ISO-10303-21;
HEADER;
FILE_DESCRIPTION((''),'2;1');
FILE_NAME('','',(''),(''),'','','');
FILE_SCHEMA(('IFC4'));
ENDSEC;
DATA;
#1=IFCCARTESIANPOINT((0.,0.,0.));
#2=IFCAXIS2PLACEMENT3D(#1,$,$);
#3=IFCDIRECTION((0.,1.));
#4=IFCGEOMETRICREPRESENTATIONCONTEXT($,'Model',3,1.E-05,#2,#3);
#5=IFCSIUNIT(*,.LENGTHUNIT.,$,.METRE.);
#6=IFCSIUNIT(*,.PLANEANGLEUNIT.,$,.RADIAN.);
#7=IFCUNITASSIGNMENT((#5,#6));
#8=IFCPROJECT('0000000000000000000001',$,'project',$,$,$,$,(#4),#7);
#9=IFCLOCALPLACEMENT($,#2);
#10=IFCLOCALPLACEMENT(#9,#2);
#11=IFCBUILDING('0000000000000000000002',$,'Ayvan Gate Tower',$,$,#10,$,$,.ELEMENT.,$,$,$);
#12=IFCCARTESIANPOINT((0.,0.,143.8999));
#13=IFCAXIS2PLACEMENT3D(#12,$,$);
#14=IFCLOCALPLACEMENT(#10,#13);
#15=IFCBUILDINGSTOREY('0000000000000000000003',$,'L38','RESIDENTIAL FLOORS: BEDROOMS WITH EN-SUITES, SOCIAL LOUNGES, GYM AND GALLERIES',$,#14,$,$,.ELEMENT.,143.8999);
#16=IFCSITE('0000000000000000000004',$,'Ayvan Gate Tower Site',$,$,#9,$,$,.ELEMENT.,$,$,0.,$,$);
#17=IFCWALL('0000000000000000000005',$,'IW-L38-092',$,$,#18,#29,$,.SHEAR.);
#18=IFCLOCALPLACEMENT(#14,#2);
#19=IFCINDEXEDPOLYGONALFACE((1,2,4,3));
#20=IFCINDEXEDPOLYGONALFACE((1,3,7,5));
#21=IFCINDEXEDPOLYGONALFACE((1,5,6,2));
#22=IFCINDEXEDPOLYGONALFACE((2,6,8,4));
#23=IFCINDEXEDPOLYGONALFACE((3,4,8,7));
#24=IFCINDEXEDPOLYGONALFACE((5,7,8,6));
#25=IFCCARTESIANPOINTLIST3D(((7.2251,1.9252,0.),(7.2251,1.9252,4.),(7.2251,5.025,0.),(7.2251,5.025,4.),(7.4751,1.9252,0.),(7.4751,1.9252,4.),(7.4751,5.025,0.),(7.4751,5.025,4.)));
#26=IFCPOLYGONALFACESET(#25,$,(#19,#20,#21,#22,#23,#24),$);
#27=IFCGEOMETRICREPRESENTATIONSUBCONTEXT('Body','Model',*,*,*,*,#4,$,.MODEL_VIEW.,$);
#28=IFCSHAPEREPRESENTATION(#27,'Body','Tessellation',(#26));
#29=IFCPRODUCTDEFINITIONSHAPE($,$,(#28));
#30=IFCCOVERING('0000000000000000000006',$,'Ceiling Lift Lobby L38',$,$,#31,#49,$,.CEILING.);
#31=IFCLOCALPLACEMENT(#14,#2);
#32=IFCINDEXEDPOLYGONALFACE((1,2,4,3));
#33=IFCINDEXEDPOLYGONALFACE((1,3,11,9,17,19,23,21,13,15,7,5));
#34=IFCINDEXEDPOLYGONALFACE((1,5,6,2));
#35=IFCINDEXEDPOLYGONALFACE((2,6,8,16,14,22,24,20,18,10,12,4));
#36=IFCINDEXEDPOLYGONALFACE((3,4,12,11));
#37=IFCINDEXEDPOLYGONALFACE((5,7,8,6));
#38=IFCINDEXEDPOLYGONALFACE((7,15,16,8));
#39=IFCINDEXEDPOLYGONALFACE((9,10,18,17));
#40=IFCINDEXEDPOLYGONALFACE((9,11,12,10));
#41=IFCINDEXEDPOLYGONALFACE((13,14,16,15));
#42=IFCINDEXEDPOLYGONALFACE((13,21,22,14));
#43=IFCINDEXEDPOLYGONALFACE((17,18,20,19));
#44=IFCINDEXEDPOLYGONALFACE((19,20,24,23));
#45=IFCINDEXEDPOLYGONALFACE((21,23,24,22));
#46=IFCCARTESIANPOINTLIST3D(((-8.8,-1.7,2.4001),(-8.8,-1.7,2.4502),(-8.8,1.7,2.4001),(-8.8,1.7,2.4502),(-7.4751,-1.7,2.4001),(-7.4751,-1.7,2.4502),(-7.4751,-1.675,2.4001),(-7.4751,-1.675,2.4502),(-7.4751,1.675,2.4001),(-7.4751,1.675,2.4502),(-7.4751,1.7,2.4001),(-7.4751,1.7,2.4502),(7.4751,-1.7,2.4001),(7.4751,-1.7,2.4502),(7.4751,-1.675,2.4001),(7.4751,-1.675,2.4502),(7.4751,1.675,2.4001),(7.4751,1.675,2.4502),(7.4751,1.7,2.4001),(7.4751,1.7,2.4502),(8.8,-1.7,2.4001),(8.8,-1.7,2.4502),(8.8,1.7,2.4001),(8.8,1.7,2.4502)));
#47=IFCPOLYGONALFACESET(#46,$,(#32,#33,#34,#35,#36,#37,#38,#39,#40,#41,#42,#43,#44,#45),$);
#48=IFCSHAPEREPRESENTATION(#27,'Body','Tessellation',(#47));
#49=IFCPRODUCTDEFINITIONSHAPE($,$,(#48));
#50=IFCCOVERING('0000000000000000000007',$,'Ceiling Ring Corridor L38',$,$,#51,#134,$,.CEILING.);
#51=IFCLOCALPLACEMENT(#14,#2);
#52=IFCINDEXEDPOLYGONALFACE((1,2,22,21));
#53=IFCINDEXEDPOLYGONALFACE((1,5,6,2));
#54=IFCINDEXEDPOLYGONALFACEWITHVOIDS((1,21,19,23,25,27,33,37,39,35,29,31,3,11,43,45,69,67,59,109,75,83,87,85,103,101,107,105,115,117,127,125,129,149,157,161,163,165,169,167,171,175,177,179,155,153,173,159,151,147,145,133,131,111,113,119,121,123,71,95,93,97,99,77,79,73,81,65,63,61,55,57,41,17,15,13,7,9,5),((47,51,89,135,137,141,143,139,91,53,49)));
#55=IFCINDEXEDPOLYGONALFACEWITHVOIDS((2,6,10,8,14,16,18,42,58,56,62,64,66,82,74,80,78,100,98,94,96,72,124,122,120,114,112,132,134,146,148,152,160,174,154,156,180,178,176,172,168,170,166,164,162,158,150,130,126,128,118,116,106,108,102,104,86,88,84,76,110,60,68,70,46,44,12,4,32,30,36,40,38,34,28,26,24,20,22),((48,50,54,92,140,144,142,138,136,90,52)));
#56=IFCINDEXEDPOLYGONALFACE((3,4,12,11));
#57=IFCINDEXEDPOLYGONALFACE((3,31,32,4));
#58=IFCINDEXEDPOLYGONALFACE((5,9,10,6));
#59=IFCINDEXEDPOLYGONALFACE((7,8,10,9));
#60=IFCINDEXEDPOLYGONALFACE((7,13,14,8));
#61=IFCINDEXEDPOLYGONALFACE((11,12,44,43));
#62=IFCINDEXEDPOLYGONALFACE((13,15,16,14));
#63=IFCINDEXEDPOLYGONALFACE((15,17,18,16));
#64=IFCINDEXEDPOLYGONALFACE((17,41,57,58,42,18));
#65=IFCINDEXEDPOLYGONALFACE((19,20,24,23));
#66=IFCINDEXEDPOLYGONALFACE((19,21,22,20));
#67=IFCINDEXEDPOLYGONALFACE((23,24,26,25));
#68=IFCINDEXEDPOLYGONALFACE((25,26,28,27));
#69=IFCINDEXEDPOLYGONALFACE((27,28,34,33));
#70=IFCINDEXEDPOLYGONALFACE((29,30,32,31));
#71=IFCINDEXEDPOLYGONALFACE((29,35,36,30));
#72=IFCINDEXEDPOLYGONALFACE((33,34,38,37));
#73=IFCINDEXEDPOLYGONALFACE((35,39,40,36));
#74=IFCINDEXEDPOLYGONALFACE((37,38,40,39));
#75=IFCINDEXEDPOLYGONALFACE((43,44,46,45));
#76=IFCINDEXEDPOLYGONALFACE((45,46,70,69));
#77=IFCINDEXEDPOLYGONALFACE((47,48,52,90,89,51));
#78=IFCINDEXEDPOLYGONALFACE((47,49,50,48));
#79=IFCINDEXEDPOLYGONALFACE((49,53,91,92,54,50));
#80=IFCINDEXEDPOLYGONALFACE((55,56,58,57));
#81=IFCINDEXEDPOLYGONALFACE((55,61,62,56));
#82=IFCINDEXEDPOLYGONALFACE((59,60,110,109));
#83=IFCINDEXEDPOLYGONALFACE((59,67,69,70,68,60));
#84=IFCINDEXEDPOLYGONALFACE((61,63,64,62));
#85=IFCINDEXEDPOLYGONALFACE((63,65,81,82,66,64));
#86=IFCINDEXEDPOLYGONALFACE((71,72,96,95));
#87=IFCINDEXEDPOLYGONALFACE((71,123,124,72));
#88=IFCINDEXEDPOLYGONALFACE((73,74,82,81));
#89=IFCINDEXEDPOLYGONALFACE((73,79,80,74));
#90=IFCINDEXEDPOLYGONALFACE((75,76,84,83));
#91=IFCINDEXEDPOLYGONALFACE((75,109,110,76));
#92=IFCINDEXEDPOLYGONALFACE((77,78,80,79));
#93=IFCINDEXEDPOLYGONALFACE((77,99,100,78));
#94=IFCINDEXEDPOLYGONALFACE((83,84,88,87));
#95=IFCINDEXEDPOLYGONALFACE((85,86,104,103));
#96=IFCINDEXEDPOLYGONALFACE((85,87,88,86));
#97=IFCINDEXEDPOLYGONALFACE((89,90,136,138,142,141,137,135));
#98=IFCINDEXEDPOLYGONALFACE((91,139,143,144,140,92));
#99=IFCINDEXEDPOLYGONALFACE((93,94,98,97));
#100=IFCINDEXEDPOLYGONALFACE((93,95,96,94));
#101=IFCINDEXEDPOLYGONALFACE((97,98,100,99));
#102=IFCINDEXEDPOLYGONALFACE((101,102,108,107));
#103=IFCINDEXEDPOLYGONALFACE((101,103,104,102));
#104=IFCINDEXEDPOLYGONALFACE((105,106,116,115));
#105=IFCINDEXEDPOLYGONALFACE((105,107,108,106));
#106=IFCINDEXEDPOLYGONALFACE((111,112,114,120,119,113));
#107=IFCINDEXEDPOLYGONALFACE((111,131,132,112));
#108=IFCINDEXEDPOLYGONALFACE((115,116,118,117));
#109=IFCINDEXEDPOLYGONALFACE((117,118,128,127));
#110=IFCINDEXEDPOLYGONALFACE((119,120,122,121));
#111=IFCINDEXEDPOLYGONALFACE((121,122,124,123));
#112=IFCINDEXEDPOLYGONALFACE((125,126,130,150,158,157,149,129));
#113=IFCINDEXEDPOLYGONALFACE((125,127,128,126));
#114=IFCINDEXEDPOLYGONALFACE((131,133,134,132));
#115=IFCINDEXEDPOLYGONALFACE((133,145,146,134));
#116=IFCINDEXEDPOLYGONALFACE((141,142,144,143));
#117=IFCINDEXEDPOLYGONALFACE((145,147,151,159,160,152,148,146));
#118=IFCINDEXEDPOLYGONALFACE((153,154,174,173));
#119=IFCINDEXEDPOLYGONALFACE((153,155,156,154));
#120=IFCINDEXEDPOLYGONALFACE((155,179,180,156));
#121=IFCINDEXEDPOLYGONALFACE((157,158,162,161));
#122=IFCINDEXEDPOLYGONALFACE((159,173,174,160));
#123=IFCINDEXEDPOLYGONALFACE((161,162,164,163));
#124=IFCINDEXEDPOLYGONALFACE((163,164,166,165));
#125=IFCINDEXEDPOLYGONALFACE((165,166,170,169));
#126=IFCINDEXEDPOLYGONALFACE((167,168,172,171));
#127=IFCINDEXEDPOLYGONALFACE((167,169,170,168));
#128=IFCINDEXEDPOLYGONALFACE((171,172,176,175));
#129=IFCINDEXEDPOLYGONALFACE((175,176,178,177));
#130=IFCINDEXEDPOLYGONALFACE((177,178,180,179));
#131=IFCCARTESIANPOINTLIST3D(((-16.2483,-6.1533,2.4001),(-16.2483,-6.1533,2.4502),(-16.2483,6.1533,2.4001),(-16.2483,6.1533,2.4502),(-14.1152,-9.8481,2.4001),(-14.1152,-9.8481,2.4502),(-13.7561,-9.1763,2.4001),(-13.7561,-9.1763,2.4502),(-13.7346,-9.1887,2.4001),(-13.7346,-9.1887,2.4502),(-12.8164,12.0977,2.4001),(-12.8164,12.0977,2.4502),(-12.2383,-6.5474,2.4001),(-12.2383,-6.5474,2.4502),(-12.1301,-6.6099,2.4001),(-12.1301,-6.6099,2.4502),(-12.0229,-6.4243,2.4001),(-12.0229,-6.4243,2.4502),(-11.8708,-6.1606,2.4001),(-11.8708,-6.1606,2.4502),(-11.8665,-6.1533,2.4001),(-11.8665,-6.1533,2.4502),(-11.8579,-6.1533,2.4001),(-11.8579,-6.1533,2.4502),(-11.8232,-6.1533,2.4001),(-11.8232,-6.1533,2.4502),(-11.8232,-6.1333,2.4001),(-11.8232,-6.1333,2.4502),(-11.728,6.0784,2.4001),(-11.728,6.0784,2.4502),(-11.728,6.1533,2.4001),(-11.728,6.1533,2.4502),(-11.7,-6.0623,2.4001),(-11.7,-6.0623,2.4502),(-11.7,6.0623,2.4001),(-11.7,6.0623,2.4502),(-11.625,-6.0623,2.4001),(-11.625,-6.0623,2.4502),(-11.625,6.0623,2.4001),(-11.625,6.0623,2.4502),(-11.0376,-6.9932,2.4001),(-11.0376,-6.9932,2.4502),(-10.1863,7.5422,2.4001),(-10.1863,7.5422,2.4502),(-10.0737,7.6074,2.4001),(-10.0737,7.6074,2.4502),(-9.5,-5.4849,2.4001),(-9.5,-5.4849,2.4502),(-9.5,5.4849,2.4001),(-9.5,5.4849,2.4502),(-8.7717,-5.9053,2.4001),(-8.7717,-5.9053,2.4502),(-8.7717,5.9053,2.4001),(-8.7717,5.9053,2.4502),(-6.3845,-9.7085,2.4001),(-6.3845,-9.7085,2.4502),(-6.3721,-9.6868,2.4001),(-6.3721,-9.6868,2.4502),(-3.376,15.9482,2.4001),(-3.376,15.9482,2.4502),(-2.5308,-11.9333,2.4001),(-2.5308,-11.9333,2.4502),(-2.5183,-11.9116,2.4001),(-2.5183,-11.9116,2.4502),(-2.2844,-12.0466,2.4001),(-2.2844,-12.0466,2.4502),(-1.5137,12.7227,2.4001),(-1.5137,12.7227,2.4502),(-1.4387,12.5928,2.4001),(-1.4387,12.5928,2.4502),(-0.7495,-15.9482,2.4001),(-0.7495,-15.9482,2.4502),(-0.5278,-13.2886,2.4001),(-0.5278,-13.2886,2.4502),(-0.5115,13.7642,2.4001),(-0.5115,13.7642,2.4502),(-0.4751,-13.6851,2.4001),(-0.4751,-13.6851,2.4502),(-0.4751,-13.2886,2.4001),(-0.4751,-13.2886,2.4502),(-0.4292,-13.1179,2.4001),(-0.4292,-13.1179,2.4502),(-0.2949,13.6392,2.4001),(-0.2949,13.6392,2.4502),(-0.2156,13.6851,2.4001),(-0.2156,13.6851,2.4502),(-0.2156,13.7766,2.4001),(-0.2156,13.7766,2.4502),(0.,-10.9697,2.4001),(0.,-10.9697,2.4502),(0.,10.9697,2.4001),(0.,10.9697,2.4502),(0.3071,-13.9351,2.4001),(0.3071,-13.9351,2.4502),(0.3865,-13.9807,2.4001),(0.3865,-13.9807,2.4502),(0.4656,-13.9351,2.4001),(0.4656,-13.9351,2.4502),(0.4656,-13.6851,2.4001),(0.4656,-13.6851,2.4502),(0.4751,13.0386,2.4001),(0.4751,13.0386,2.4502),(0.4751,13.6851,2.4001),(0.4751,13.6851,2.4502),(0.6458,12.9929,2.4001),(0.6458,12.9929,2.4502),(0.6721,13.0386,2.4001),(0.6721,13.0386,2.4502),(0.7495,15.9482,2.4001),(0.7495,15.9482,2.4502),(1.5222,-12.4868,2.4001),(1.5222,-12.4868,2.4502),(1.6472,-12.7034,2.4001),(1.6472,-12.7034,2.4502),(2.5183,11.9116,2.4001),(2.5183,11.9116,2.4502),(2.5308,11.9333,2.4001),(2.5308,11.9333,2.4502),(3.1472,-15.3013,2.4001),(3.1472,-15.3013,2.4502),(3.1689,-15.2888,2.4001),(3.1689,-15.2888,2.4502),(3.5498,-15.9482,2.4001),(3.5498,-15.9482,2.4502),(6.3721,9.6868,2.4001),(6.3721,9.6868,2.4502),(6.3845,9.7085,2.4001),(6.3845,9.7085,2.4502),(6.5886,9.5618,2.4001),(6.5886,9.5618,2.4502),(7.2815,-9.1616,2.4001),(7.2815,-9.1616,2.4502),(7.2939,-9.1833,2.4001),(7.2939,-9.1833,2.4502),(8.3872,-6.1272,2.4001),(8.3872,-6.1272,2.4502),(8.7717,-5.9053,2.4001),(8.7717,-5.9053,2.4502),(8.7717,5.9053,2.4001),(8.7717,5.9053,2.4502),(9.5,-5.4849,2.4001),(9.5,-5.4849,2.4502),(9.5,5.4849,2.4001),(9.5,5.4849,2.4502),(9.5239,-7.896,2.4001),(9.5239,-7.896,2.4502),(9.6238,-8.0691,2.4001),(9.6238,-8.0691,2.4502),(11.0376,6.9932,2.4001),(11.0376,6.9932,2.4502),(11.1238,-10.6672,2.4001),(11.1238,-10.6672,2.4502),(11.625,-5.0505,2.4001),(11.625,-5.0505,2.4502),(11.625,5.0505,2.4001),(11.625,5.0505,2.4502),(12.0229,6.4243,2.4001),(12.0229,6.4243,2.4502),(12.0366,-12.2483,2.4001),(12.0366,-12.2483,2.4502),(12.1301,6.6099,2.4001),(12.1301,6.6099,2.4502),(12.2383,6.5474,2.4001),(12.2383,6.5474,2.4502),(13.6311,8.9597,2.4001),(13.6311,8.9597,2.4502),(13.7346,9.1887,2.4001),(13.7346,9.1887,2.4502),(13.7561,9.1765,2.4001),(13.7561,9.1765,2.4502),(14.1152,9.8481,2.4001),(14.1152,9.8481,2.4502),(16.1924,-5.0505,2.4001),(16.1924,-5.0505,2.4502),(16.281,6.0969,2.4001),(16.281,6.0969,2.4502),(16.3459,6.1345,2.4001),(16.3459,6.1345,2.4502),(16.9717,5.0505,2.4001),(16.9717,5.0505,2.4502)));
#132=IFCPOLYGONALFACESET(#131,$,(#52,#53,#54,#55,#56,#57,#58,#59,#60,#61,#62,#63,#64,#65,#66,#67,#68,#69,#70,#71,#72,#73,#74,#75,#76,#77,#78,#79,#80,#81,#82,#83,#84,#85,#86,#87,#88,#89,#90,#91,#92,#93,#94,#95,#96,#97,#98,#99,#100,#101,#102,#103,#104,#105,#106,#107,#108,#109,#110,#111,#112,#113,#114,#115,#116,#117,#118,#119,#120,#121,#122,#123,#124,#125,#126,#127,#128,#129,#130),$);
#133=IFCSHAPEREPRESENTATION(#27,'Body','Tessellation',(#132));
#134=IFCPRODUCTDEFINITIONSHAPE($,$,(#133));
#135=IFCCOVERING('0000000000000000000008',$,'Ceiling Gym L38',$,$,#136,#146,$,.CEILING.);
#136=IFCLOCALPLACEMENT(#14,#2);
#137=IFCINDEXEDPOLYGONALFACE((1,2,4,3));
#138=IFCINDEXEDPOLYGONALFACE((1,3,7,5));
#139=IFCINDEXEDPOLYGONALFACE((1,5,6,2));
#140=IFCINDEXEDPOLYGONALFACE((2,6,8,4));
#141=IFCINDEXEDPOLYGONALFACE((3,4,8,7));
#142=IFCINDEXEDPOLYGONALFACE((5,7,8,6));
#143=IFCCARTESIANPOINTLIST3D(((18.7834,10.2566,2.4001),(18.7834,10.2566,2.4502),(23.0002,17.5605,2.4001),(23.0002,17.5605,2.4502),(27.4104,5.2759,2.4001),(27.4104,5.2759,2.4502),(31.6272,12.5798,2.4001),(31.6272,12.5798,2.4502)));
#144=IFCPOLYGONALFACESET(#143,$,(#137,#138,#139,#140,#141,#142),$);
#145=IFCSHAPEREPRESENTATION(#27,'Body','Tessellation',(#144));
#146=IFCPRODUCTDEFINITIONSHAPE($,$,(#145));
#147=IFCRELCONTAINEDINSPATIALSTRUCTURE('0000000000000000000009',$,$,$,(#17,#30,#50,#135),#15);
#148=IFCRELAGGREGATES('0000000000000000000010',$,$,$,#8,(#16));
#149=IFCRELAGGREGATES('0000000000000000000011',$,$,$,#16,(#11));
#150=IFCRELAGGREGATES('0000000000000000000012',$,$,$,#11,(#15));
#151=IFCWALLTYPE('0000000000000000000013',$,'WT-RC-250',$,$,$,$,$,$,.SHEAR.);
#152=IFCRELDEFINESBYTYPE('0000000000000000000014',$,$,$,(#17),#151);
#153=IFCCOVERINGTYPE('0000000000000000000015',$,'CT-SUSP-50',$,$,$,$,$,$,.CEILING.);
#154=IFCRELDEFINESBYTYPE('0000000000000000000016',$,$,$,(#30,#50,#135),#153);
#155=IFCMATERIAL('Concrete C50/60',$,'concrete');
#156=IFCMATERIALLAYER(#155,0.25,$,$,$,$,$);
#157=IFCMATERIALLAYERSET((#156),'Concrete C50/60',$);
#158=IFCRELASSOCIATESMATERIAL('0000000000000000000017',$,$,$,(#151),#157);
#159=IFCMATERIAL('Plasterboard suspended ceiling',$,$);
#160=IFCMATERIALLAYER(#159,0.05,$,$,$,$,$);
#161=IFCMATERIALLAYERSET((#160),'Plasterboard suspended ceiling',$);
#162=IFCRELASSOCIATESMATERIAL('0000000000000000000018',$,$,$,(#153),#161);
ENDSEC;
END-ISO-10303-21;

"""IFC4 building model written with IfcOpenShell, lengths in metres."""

from ifc_helpers import new_model, si_unit, direction, frame, frame_2d, origin, place, context, subcontext, project, spatial, polyline, rectangle, outline, extrude, material, layer, layer_set, type_object, element, save


model = new_model("IFC4")

# Units and contexts
model_context = context("Model", 3, precision=1e-05, world=origin(), true_north=direction((0.0, 1.0)))
body_context = subcontext(model_context, "Body", "Model", "MODEL_VIEW")
ifc_project = project(units=[si_unit("LENGTHUNIT", "METRE"), si_unit("PLANEANGLEUNIT", "RADIAN")], contexts=[model_context])

# Site, building, storey
site_placement = place(None, origin())
site = spatial("IfcSite", under=ifc_project, at=site_placement, Name="Ayvan Gate Tower Site", CompositionType="ELEMENT", RefElevation=0.0)
building_placement = place(site_placement, origin())
building = spatial("IfcBuilding", under=site, at=building_placement, Name="Ayvan Gate Tower", CompositionType="ELEMENT")
storey_placement = place(building_placement, frame((0.0, 0.0, 143.8999)))
storey = spatial("IfcBuildingStorey", under=building, at=storey_placement, Name="L38", Description="RESIDENTIAL FLOORS: BEDROOMS WITH EN-SUITES, SOCIAL LOUNGES, GYM AND GALLERIES", CompositionType="ELEMENT", Elevation=143.8999)

# Shared definitions
ifc_material_1 = material(Name="Concrete C50/60", Category="concrete")
ifc_layer_1 = layer(ifc_material_1, 0.25)
ifc_layer_set_1 = layer_set([ifc_layer_1], Name="Concrete C50/60")
wall_type_1 = type_object("IfcWallType", Name="WT-RC-250", PredefinedType="SHEAR", material=ifc_layer_set_1)

# Wall
for number, where, z_axis, x_axis, name in (
    (1, (7.3501, 5.0249, 0.0), (0.0, 0.0, 1.0), (0.0, -1.0, 0.0), "IW-L38-092"),
):
    element("IfcWall", number, at=place(storey_placement, frame(where, z_axis=z_axis, x_axis=x_axis)), inside=storey, type_object=wall_type_1, Name=name, PredefinedType="SHEAR", context=body_context, shape_type="SweptSolid", body=[
        extrude(rectangle(XDim=3.0999, YDim=0.25, at=frame_2d((1.5498, 0.0))), origin(), (0.0, 0.0, 1.0), 4.0),
    ])

# Coverings
ifc_material_2 = material(Name="Plasterboard suspended ceiling")
ifc_layer_2 = layer(ifc_material_2, 0.05)
ifc_layer_set_2 = layer_set([ifc_layer_2], Name="Plasterboard suspended ceiling")
covering_type = type_object("IfcCoveringType", Name="CT-SUSP-50", PredefinedType="CEILING", material=ifc_layer_set_2)
covering_1_placement = place(storey_placement, frame((0.0, 0.0, 2.4001)))
element("IfcCovering", 2, at=covering_1_placement, inside=storey, type_object=covering_type, Name="Ceiling Lift Lobby L38", PredefinedType="CEILING", context=body_context, shape_type="SweptSolid", body=[
    extrude(outline(polyline([(7.4751, -1.675), (-7.4751, -1.675), (-7.4751, -1.7), (-8.8, -1.7), (-8.8, 1.7), (-7.4751, 1.7), (-7.4751, 1.675), (7.4751, 1.675), (7.4751, 1.7), (8.8, 1.7), (8.8, -1.7), (7.4751, -1.7), (7.4751, -1.675)])), origin(), (0.0, 0.0, 1.0), 0.05),
])
covering_2_placement = place(storey_placement, frame((0.0, 0.0, 2.4001)))
element("IfcCovering", 3, at=covering_2_placement, inside=storey, type_object=covering_type, Name="Ceiling Ring Corridor L38", PredefinedType="CEILING", context=body_context, shape_type="SweptSolid", body=[
    extrude(outline(polyline([(-14.1152, -9.8481), (-16.2483, -6.1533), (-11.8665, -6.1533), (-11.8708, -6.1606), (-11.8579, -6.1533), (-11.8232, -6.1533), (-11.8232, -6.1333), (-11.7, -6.0623), (-11.625, -6.0623), (-11.625, 6.0623), (-11.7, 6.0623), (-11.728, 6.0784), (-11.728, 6.1533), (-16.2483, 6.1533), (-12.8164, 12.0977), (-10.1863, 7.5422), (-10.0737, 7.6074), (-1.4387, 12.5928), (-1.5137, 12.7227), (-3.376, 15.9482), (0.7495, 15.9482), (-0.5115, 13.7642), (-0.2949, 13.6392), (-0.2156, 13.7766), (-0.2156, 13.6851), (0.4751, 13.6851), (0.4751, 13.0386), (0.6721, 13.0386), (0.6458, 12.9929), (2.5183, 11.9116), (2.5308, 11.9333), (6.3845, 9.7085), (6.3721, 9.6868), (6.5886, 9.5618), (11.0376, 6.9932), (12.0229, 6.4243), (12.1301, 6.6099), (12.2383, 6.5474), (13.6311, 8.9597), (13.7561, 9.1765), (13.7346, 9.1887), (14.1152, 9.8481), (16.281, 6.0969), (16.3459, 6.1345), (16.9717, 5.0505), (11.625, 5.0505), (11.625, -5.0505), (16.1924, -5.0505), (12.0366, -12.2483), (11.1238, -10.6672), (9.6238, -8.0691), (9.5239, -7.896), (7.2939, -9.1833), (7.2815, -9.1616), (1.5222, -12.4868), (1.6472, -12.7034), (3.1472, -15.3013), (3.1689, -15.2888), (3.5498, -15.9482), (-0.7495, -15.9482), (0.3865, -13.9807), (0.3071, -13.9351), (0.4656, -13.9351), (0.4656, -13.6851), (-0.4751, -13.6851), (-0.4751, -13.2886), (-0.5278, -13.2886), (-0.4292, -13.1179), (-2.2844, -12.0466), (-2.5183, -11.9116), (-2.5308, -11.9333), (-6.3845, -9.7085), (-6.3721, -9.6868), (-11.0376, -6.9932), (-12.0229, -6.4243), (-12.1301, -6.6099), (-12.2383, -6.5474), (-13.7561, -9.1763), (-13.7346, -9.1887), (-14.1152, -9.8481)]), holes=[polyline([(-8.7717, -5.9053), (0.0, -10.9697), (8.3872, -6.1272), (8.7717, -5.9053), (9.5, -5.4849), (9.5, 5.4849), (8.7717, 5.9053), (0.0, 10.9697), (-8.7717, 5.9053), (-9.5, 5.4849), (-9.5, -5.4849), (-8.7717, -5.9053)])]), origin(), (0.0, 0.0, 1.0), 0.05),
])
covering_3_placement = place(storey_placement, frame((0.0, 0.0, 2.4001)))
element("IfcCovering", 4, at=covering_3_placement, inside=storey, type_object=covering_type, Name="Ceiling Gym L38", PredefinedType="CEILING", context=body_context, shape_type="SweptSolid", body=[
    extrude(outline(polyline([(23.0002, 17.5605), (31.6272, 12.5798), (27.4104, 5.2759), (18.7834, 10.2566), (23.0002, 17.5605)])), origin(), (0.0, 0.0, 1.0), 0.05),
])

save(model, "model.ifc")
